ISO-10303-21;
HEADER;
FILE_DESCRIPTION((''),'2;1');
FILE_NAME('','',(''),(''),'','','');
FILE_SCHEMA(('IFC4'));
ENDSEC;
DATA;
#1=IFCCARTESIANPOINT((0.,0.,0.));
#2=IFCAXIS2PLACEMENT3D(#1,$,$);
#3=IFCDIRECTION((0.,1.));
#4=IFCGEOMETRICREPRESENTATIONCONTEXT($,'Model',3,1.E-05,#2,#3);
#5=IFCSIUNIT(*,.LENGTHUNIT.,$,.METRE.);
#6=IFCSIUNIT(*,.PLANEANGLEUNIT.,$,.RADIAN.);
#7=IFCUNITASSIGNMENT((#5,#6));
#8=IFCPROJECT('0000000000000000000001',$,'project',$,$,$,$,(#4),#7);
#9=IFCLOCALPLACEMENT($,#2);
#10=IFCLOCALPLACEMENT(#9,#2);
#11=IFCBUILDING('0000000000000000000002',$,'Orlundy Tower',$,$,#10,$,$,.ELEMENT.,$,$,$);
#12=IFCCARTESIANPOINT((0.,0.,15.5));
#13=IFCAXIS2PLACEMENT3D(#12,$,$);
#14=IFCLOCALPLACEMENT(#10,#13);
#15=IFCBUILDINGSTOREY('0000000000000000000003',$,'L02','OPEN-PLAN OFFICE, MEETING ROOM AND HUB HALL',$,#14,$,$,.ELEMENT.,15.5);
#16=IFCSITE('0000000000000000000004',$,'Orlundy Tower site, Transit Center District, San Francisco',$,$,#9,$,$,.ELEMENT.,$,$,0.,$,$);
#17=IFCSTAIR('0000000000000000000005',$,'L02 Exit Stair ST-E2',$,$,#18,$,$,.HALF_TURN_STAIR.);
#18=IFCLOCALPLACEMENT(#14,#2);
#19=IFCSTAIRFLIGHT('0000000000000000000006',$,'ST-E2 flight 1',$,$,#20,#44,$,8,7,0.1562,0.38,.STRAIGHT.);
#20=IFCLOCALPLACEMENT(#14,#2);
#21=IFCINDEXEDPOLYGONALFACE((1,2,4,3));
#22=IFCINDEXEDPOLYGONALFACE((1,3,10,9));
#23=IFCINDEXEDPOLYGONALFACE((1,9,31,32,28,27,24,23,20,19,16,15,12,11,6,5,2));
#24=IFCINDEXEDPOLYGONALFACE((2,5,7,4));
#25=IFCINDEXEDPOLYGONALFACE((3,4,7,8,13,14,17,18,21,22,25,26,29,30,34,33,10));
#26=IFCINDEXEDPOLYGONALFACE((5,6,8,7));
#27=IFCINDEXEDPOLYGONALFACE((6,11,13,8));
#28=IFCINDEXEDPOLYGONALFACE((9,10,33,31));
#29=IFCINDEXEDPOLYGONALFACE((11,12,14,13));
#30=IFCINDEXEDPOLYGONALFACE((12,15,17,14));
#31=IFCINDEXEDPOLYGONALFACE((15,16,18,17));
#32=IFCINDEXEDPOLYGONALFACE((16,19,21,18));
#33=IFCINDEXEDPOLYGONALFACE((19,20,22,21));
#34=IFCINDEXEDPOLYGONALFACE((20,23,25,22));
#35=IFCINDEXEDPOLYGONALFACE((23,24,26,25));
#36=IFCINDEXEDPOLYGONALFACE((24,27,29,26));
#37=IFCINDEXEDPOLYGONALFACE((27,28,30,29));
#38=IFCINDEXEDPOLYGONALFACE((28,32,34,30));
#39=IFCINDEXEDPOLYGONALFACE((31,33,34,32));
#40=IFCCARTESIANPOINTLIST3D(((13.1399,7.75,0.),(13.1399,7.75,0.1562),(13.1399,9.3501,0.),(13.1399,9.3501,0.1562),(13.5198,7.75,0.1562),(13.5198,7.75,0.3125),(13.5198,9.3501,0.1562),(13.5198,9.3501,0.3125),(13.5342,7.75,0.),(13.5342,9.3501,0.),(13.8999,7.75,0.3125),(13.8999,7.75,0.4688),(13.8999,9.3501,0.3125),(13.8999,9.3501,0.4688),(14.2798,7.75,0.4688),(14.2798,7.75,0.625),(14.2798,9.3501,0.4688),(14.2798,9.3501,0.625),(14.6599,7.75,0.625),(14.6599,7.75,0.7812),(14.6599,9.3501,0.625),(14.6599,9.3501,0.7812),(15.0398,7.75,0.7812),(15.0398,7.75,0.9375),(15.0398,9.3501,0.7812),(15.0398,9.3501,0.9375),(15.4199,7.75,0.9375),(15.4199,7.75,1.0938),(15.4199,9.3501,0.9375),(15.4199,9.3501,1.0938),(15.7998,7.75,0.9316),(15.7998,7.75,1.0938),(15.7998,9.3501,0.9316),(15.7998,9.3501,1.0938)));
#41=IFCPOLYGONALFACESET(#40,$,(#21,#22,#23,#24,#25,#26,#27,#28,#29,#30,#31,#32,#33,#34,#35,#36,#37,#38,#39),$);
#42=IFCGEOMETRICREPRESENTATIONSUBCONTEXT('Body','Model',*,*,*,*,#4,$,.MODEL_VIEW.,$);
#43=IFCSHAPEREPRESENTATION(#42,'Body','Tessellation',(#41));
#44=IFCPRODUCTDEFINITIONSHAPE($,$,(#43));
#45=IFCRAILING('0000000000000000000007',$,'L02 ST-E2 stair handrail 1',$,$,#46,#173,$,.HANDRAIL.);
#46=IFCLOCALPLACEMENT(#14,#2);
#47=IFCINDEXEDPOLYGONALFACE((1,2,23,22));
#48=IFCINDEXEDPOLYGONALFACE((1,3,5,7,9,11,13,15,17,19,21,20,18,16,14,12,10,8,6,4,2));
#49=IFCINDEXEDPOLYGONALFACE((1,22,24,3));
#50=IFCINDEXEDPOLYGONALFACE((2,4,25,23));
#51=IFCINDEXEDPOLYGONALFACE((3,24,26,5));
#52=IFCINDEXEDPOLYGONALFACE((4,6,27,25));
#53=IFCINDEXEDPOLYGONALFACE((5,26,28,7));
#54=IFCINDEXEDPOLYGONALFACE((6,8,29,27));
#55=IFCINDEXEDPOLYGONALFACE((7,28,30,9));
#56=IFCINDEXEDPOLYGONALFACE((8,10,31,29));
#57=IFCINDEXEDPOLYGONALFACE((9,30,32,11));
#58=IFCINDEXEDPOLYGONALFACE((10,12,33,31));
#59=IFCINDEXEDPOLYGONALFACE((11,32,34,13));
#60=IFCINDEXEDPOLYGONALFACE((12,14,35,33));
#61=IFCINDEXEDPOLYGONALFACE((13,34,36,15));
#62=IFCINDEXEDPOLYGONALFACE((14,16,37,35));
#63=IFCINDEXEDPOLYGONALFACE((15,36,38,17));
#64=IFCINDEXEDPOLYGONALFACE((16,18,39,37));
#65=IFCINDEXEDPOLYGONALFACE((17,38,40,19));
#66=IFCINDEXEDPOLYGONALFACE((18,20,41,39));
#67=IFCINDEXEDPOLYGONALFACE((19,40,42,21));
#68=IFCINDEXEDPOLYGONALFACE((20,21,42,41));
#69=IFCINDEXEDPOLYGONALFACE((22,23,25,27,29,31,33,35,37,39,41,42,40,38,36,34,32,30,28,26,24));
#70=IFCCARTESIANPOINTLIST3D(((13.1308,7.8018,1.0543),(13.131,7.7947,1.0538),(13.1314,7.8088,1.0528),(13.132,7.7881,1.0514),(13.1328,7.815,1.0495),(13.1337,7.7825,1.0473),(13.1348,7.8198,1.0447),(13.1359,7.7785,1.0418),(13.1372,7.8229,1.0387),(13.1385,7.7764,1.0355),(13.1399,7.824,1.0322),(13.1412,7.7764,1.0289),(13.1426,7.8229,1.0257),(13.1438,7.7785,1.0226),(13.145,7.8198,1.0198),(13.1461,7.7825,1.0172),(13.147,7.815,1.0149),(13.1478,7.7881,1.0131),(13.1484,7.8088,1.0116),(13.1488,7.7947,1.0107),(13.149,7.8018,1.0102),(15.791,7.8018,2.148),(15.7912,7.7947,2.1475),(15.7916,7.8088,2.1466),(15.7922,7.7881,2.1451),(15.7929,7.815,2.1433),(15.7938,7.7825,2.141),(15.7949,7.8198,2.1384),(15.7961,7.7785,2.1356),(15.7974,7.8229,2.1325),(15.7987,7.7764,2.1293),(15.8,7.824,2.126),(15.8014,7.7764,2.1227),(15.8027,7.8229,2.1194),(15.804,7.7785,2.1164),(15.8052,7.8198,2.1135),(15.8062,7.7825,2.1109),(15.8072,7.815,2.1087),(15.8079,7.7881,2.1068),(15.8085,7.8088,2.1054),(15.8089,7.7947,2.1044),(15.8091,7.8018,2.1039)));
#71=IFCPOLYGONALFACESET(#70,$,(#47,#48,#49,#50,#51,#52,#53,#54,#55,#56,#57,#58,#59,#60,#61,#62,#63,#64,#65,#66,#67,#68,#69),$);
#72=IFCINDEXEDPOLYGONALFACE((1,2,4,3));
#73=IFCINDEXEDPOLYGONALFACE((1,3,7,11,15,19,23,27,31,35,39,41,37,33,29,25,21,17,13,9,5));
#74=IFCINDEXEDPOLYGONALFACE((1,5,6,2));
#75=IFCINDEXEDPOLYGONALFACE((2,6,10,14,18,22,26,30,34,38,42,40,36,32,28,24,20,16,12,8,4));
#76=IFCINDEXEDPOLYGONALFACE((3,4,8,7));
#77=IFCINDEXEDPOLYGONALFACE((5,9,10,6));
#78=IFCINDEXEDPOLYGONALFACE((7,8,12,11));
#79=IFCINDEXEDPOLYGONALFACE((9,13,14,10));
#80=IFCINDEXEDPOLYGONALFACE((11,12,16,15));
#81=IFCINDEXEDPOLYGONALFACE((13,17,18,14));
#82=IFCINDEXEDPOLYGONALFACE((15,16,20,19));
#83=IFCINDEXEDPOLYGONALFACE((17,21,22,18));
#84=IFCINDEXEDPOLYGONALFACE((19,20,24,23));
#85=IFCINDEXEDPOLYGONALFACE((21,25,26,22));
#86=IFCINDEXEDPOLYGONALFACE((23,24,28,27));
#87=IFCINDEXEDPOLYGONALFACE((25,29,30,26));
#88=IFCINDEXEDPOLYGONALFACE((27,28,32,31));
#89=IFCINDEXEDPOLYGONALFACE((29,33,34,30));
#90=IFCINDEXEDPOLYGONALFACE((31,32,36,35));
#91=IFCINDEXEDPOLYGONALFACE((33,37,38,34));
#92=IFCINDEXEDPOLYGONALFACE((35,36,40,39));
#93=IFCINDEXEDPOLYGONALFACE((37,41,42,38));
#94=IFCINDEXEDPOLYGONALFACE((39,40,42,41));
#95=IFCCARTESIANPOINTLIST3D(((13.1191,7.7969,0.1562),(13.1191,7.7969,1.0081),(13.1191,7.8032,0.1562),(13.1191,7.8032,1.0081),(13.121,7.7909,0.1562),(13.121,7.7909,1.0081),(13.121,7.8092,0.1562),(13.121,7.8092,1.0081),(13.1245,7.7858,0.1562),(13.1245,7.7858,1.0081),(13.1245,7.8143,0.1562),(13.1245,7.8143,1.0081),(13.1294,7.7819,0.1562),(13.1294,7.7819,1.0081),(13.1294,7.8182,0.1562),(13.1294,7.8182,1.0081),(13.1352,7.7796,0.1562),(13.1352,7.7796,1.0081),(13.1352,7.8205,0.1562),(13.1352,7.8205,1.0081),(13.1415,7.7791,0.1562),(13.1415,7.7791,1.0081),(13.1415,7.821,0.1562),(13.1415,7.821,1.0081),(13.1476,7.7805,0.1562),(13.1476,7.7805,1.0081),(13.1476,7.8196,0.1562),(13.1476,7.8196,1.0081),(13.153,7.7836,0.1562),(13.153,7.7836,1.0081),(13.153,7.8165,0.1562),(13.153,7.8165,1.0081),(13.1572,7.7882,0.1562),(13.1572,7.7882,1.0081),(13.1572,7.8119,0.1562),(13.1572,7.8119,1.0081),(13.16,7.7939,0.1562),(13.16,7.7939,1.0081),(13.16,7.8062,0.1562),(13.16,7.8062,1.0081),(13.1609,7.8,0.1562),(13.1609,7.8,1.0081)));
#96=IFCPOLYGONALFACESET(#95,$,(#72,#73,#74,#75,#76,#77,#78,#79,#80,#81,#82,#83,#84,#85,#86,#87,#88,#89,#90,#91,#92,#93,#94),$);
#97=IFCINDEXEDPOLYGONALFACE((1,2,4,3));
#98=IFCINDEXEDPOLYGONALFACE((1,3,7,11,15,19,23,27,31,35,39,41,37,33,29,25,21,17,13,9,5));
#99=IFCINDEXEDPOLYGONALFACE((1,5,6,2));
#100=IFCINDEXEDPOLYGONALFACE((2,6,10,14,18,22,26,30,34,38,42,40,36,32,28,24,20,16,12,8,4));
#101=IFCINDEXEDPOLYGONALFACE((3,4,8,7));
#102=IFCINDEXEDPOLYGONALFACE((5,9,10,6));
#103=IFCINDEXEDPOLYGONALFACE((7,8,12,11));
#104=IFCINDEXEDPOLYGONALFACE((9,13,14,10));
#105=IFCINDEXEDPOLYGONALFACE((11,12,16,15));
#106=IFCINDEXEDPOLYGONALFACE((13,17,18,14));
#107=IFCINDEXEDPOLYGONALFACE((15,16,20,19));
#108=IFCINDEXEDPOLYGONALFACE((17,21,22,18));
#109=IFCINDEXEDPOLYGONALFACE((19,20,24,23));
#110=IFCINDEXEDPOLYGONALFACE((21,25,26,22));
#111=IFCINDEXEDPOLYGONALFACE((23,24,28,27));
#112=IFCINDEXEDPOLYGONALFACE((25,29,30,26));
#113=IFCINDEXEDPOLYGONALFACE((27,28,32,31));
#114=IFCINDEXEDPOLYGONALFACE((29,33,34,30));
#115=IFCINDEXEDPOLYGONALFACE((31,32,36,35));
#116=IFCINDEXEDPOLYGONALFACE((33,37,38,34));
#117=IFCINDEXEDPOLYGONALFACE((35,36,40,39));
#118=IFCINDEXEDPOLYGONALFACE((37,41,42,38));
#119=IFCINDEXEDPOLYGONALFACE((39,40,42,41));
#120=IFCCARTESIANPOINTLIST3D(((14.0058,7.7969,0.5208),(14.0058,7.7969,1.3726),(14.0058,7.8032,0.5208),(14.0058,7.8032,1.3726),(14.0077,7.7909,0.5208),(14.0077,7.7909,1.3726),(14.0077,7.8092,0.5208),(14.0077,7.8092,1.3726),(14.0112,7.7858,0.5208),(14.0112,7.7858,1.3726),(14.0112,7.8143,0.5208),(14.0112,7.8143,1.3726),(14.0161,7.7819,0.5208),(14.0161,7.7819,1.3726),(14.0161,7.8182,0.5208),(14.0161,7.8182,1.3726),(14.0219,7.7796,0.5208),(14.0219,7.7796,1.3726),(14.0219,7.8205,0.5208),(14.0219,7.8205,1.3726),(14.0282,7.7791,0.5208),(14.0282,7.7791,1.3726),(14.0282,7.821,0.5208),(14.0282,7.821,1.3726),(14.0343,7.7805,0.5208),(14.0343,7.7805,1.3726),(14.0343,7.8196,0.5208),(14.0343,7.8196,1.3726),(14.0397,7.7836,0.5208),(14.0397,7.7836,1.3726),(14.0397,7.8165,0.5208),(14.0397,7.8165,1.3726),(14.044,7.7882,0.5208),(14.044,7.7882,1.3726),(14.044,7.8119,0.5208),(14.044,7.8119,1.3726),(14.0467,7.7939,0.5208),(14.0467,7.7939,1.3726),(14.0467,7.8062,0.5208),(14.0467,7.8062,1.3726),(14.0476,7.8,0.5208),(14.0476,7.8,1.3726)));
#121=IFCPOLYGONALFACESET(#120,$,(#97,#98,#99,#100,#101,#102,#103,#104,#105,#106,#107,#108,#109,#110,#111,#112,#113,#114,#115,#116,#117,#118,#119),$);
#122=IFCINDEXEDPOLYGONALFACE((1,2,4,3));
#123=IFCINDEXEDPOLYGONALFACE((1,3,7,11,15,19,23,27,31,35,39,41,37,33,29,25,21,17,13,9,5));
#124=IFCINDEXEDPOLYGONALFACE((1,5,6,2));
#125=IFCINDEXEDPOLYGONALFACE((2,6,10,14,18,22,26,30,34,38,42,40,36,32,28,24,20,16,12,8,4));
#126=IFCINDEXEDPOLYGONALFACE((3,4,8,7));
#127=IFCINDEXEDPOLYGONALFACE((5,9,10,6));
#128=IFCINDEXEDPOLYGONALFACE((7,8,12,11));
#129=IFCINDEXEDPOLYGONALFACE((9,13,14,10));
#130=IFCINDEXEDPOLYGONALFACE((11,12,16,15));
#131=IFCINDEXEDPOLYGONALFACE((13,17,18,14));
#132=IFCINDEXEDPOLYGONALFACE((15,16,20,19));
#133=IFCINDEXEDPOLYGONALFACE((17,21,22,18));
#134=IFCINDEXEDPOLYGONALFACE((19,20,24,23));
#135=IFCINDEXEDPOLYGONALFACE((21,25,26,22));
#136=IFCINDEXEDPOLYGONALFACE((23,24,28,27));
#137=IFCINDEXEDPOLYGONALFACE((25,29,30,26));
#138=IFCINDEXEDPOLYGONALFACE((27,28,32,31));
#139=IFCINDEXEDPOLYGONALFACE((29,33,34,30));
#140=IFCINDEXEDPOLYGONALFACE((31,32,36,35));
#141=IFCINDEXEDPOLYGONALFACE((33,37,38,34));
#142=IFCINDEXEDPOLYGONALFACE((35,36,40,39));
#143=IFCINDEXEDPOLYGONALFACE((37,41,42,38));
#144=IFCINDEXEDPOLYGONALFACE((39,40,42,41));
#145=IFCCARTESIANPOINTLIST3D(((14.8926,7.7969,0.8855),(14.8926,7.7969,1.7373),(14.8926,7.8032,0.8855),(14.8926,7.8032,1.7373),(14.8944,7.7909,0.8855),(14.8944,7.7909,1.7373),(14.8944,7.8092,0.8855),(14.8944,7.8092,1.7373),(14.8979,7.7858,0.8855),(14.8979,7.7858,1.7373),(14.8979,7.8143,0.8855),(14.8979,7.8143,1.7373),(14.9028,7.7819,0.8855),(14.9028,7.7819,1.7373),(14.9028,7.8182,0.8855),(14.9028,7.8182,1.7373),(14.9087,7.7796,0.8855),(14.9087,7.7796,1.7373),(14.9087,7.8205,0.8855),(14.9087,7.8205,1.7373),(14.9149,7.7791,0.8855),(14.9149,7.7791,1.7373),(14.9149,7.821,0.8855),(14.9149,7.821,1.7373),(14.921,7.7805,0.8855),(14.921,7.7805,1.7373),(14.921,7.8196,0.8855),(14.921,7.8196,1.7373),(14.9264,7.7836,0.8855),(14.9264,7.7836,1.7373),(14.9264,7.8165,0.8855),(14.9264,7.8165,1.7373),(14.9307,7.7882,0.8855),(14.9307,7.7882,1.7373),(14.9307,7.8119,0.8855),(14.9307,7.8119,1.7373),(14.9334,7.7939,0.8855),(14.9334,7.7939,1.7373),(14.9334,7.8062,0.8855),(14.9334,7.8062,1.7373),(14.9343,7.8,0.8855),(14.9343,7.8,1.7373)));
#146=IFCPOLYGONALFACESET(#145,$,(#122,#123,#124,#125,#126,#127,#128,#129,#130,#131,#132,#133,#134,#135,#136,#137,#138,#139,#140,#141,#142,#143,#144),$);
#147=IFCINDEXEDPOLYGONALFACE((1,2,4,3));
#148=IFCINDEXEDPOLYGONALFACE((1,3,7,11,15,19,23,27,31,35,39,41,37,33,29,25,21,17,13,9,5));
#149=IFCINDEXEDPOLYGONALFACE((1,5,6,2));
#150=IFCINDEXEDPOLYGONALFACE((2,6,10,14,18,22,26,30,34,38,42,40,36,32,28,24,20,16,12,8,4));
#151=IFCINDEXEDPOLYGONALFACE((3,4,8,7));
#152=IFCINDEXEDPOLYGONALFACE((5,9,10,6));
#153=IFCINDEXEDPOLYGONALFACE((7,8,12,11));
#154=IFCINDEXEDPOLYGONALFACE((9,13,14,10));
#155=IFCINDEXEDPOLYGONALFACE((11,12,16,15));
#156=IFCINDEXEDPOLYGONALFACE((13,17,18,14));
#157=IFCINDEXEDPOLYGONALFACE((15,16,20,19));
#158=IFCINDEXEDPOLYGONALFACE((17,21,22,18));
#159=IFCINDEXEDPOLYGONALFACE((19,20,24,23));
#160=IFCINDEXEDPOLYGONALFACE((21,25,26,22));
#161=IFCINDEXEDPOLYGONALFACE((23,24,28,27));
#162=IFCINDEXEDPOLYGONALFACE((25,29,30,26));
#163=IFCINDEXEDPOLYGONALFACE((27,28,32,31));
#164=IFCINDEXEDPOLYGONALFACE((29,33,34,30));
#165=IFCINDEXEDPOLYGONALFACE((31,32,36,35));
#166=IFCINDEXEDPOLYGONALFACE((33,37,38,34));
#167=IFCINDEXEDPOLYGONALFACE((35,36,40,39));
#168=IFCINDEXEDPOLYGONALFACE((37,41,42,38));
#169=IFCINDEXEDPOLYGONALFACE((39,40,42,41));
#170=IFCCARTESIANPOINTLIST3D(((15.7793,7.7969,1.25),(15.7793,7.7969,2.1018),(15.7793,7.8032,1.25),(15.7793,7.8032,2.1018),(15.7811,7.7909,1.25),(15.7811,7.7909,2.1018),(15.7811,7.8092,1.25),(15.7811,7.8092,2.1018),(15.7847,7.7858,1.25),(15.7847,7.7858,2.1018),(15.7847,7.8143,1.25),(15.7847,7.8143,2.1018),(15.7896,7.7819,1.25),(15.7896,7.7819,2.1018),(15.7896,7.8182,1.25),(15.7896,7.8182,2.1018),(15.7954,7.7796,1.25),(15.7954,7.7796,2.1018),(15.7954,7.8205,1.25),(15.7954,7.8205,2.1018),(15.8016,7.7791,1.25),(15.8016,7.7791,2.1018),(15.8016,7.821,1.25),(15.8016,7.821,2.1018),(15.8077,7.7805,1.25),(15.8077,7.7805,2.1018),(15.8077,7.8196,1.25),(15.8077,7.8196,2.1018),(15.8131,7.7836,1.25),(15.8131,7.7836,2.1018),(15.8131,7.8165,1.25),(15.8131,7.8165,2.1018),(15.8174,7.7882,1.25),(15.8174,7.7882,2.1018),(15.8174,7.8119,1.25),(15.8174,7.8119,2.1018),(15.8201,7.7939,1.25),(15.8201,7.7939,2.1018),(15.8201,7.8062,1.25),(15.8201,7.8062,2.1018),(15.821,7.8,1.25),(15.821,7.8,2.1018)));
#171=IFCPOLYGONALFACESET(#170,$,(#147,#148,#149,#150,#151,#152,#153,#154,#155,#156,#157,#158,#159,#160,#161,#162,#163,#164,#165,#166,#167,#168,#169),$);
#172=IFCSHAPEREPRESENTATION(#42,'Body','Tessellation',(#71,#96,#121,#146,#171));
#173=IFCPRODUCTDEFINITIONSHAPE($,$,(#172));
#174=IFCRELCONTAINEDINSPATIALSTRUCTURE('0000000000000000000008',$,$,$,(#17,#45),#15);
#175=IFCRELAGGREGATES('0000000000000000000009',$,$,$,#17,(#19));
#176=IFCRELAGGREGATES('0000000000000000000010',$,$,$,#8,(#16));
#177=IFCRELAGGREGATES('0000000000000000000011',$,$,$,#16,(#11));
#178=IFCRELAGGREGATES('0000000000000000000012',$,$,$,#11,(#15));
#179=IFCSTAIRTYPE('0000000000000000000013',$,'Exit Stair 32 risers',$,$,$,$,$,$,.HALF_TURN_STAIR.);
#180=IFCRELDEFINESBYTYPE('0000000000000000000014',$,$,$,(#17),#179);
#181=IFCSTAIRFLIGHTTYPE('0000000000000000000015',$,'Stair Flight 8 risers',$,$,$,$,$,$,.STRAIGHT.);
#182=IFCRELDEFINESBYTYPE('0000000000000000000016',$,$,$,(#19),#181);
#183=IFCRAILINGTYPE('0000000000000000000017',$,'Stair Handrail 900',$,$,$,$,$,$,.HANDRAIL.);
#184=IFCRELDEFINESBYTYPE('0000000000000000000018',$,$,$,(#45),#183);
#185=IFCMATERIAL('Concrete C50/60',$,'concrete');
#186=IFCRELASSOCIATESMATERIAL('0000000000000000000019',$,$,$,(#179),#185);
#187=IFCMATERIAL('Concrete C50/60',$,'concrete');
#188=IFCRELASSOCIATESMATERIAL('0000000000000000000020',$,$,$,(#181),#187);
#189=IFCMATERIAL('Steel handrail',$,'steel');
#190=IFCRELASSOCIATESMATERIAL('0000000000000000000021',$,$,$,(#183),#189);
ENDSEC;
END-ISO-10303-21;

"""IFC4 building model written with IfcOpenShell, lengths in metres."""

from ifc_helpers import new_model, si_unit, direction, frame, origin, origin_2d, place, context, subcontext, project, spatial, polyline, circle, outline, extrude, material, type_object, element, aggregate, save


model = new_model("IFC4")

# Units and contexts
model_context = context("Model", 3, precision=1e-05, world=origin(), true_north=direction((0.0, 1.0)))
body_context = subcontext(model_context, "Body", "Model", "MODEL_VIEW")
ifc_project = project(units=[si_unit("LENGTHUNIT", "METRE"), si_unit("PLANEANGLEUNIT", "RADIAN")], contexts=[model_context])

# Site, building, storey
site_placement = place(None, origin())
site = spatial("IfcSite", under=ifc_project, at=site_placement, Name="Orlundy Tower site, Transit Center District, San Francisco", CompositionType="ELEMENT", RefElevation=0.0)
building_placement = place(site_placement, origin())
building = spatial("IfcBuilding", under=site, at=building_placement, Name="Orlundy Tower", CompositionType="ELEMENT")
storey_placement = place(building_placement, frame((0.0, 0.0, 15.5)))
storey = spatial("IfcBuildingStorey", under=building, at=storey_placement, Name="L02", Description="OPEN-PLAN OFFICE, MEETING ROOM AND HUB HALL", CompositionType="ELEMENT", Elevation=15.5)

# Stair, stair flight
ifc_material_1 = material(Name="Concrete C50/60", Category="concrete")
stair_type = type_object("IfcStairType", Name="Exit Stair 32 risers", PredefinedType="HALF_TURN_STAIR", material=ifc_material_1)
stair_placement = place(storey_placement, origin())
stair = element("IfcStair", 1, at=stair_placement, inside=storey, type_object=stair_type, Name="L02 Exit Stair ST-E2", PredefinedType="HALF_TURN_STAIR")
ifc_material_2 = material(Name="Concrete C50/60", Category="concrete")
stair_flight_type = type_object("IfcStairFlightType", Name="Stair Flight 8 risers", PredefinedType="STRAIGHT", material=ifc_material_2)
stair_flight_placement = place(storey_placement, frame((13.1399, 8.55, 0.0), z_axis=(0.0, 0.0, 1.0), x_axis=(1.0, 0.0, 0.0)))
stair_flight = element("IfcStairFlight", 2, at=stair_flight_placement, type_object=stair_flight_type, Name="ST-E2 flight 1", NumberOfRisers=8, NumberOfTreads=7, PredefinedType="STRAIGHT", RiserHeight=0.1562, TreadLength=0.38, context=body_context, shape_type="SweptSolid", body=[
    extrude(outline(polyline([(0.0, 0.0), (0.0, 0.1562), (0.3799, 0.1562), (0.3799, 0.3125), (0.76, 0.3125), (0.76, 0.4688), (1.1399, 0.4688), (1.1399, 0.625), (1.52, 0.625), (1.52, 0.7812), (1.8999, 0.7812), (1.8999, 0.9375), (2.28, 0.9375), (2.28, 1.0938), (2.6599, 1.0938), (2.6599, 1.25), (2.6599, 0.9316), (0.3943, 0.0), (0.0, 0.0)])), frame((0.0, 0.8, 0.0), z_axis=(0.0, -1.0, 0.0), x_axis=(1.0, 0.0, 0.0)), (0.0, 0.0, 1.0), 1.6001),
])
aggregate(stair, [stair_flight])

# Railing
ifc_material_3 = material(Name="Steel handrail", Category="steel")
railing_type_1 = type_object("IfcRailingType", Name="Stair Handrail 900", PredefinedType="HANDRAIL", material=ifc_material_3)
for number, where, name in (
    (3, (13.1399, 7.8, 0.1562), "L02 ST-E2 stair handrail 1"),
):
    element("IfcRailing", number, at=place(storey_placement, frame(where)), inside=storey, type_object=railing_type_1, Name=name, PredefinedType="HANDRAIL", context=body_context, shape_type="SweptSolid", body=[
        extrude(circle(Radius=0.0239, at=origin_2d()), frame((0.0, 0.0, 0.876), z_axis=(0.924875, 0.0, 0.380272), x_axis=(0.0, 1.0, 0.0)), (0.0, 0.0, 1.0), 2.8762),
        extrude(circle(Radius=0.021, at=origin_2d()), origin(), (0.0, 0.0, 1.0), 0.8518),
        extrude(circle(Radius=0.021, at=origin_2d()), frame((0.8867, 0.0, 0.3645)), (0.0, 0.0, 1.0), 0.8518),
        extrude(circle(Radius=0.021, at=origin_2d()), frame((1.7734, 0.0, 0.7292)), (0.0, 0.0, 1.0), 0.8518),
        extrude(circle(Radius=0.021, at=origin_2d()), frame((2.6602, 0.0, 1.0938)), (0.0, 0.0, 1.0), 0.8518),
    ])

save(model, "model.ifc")
